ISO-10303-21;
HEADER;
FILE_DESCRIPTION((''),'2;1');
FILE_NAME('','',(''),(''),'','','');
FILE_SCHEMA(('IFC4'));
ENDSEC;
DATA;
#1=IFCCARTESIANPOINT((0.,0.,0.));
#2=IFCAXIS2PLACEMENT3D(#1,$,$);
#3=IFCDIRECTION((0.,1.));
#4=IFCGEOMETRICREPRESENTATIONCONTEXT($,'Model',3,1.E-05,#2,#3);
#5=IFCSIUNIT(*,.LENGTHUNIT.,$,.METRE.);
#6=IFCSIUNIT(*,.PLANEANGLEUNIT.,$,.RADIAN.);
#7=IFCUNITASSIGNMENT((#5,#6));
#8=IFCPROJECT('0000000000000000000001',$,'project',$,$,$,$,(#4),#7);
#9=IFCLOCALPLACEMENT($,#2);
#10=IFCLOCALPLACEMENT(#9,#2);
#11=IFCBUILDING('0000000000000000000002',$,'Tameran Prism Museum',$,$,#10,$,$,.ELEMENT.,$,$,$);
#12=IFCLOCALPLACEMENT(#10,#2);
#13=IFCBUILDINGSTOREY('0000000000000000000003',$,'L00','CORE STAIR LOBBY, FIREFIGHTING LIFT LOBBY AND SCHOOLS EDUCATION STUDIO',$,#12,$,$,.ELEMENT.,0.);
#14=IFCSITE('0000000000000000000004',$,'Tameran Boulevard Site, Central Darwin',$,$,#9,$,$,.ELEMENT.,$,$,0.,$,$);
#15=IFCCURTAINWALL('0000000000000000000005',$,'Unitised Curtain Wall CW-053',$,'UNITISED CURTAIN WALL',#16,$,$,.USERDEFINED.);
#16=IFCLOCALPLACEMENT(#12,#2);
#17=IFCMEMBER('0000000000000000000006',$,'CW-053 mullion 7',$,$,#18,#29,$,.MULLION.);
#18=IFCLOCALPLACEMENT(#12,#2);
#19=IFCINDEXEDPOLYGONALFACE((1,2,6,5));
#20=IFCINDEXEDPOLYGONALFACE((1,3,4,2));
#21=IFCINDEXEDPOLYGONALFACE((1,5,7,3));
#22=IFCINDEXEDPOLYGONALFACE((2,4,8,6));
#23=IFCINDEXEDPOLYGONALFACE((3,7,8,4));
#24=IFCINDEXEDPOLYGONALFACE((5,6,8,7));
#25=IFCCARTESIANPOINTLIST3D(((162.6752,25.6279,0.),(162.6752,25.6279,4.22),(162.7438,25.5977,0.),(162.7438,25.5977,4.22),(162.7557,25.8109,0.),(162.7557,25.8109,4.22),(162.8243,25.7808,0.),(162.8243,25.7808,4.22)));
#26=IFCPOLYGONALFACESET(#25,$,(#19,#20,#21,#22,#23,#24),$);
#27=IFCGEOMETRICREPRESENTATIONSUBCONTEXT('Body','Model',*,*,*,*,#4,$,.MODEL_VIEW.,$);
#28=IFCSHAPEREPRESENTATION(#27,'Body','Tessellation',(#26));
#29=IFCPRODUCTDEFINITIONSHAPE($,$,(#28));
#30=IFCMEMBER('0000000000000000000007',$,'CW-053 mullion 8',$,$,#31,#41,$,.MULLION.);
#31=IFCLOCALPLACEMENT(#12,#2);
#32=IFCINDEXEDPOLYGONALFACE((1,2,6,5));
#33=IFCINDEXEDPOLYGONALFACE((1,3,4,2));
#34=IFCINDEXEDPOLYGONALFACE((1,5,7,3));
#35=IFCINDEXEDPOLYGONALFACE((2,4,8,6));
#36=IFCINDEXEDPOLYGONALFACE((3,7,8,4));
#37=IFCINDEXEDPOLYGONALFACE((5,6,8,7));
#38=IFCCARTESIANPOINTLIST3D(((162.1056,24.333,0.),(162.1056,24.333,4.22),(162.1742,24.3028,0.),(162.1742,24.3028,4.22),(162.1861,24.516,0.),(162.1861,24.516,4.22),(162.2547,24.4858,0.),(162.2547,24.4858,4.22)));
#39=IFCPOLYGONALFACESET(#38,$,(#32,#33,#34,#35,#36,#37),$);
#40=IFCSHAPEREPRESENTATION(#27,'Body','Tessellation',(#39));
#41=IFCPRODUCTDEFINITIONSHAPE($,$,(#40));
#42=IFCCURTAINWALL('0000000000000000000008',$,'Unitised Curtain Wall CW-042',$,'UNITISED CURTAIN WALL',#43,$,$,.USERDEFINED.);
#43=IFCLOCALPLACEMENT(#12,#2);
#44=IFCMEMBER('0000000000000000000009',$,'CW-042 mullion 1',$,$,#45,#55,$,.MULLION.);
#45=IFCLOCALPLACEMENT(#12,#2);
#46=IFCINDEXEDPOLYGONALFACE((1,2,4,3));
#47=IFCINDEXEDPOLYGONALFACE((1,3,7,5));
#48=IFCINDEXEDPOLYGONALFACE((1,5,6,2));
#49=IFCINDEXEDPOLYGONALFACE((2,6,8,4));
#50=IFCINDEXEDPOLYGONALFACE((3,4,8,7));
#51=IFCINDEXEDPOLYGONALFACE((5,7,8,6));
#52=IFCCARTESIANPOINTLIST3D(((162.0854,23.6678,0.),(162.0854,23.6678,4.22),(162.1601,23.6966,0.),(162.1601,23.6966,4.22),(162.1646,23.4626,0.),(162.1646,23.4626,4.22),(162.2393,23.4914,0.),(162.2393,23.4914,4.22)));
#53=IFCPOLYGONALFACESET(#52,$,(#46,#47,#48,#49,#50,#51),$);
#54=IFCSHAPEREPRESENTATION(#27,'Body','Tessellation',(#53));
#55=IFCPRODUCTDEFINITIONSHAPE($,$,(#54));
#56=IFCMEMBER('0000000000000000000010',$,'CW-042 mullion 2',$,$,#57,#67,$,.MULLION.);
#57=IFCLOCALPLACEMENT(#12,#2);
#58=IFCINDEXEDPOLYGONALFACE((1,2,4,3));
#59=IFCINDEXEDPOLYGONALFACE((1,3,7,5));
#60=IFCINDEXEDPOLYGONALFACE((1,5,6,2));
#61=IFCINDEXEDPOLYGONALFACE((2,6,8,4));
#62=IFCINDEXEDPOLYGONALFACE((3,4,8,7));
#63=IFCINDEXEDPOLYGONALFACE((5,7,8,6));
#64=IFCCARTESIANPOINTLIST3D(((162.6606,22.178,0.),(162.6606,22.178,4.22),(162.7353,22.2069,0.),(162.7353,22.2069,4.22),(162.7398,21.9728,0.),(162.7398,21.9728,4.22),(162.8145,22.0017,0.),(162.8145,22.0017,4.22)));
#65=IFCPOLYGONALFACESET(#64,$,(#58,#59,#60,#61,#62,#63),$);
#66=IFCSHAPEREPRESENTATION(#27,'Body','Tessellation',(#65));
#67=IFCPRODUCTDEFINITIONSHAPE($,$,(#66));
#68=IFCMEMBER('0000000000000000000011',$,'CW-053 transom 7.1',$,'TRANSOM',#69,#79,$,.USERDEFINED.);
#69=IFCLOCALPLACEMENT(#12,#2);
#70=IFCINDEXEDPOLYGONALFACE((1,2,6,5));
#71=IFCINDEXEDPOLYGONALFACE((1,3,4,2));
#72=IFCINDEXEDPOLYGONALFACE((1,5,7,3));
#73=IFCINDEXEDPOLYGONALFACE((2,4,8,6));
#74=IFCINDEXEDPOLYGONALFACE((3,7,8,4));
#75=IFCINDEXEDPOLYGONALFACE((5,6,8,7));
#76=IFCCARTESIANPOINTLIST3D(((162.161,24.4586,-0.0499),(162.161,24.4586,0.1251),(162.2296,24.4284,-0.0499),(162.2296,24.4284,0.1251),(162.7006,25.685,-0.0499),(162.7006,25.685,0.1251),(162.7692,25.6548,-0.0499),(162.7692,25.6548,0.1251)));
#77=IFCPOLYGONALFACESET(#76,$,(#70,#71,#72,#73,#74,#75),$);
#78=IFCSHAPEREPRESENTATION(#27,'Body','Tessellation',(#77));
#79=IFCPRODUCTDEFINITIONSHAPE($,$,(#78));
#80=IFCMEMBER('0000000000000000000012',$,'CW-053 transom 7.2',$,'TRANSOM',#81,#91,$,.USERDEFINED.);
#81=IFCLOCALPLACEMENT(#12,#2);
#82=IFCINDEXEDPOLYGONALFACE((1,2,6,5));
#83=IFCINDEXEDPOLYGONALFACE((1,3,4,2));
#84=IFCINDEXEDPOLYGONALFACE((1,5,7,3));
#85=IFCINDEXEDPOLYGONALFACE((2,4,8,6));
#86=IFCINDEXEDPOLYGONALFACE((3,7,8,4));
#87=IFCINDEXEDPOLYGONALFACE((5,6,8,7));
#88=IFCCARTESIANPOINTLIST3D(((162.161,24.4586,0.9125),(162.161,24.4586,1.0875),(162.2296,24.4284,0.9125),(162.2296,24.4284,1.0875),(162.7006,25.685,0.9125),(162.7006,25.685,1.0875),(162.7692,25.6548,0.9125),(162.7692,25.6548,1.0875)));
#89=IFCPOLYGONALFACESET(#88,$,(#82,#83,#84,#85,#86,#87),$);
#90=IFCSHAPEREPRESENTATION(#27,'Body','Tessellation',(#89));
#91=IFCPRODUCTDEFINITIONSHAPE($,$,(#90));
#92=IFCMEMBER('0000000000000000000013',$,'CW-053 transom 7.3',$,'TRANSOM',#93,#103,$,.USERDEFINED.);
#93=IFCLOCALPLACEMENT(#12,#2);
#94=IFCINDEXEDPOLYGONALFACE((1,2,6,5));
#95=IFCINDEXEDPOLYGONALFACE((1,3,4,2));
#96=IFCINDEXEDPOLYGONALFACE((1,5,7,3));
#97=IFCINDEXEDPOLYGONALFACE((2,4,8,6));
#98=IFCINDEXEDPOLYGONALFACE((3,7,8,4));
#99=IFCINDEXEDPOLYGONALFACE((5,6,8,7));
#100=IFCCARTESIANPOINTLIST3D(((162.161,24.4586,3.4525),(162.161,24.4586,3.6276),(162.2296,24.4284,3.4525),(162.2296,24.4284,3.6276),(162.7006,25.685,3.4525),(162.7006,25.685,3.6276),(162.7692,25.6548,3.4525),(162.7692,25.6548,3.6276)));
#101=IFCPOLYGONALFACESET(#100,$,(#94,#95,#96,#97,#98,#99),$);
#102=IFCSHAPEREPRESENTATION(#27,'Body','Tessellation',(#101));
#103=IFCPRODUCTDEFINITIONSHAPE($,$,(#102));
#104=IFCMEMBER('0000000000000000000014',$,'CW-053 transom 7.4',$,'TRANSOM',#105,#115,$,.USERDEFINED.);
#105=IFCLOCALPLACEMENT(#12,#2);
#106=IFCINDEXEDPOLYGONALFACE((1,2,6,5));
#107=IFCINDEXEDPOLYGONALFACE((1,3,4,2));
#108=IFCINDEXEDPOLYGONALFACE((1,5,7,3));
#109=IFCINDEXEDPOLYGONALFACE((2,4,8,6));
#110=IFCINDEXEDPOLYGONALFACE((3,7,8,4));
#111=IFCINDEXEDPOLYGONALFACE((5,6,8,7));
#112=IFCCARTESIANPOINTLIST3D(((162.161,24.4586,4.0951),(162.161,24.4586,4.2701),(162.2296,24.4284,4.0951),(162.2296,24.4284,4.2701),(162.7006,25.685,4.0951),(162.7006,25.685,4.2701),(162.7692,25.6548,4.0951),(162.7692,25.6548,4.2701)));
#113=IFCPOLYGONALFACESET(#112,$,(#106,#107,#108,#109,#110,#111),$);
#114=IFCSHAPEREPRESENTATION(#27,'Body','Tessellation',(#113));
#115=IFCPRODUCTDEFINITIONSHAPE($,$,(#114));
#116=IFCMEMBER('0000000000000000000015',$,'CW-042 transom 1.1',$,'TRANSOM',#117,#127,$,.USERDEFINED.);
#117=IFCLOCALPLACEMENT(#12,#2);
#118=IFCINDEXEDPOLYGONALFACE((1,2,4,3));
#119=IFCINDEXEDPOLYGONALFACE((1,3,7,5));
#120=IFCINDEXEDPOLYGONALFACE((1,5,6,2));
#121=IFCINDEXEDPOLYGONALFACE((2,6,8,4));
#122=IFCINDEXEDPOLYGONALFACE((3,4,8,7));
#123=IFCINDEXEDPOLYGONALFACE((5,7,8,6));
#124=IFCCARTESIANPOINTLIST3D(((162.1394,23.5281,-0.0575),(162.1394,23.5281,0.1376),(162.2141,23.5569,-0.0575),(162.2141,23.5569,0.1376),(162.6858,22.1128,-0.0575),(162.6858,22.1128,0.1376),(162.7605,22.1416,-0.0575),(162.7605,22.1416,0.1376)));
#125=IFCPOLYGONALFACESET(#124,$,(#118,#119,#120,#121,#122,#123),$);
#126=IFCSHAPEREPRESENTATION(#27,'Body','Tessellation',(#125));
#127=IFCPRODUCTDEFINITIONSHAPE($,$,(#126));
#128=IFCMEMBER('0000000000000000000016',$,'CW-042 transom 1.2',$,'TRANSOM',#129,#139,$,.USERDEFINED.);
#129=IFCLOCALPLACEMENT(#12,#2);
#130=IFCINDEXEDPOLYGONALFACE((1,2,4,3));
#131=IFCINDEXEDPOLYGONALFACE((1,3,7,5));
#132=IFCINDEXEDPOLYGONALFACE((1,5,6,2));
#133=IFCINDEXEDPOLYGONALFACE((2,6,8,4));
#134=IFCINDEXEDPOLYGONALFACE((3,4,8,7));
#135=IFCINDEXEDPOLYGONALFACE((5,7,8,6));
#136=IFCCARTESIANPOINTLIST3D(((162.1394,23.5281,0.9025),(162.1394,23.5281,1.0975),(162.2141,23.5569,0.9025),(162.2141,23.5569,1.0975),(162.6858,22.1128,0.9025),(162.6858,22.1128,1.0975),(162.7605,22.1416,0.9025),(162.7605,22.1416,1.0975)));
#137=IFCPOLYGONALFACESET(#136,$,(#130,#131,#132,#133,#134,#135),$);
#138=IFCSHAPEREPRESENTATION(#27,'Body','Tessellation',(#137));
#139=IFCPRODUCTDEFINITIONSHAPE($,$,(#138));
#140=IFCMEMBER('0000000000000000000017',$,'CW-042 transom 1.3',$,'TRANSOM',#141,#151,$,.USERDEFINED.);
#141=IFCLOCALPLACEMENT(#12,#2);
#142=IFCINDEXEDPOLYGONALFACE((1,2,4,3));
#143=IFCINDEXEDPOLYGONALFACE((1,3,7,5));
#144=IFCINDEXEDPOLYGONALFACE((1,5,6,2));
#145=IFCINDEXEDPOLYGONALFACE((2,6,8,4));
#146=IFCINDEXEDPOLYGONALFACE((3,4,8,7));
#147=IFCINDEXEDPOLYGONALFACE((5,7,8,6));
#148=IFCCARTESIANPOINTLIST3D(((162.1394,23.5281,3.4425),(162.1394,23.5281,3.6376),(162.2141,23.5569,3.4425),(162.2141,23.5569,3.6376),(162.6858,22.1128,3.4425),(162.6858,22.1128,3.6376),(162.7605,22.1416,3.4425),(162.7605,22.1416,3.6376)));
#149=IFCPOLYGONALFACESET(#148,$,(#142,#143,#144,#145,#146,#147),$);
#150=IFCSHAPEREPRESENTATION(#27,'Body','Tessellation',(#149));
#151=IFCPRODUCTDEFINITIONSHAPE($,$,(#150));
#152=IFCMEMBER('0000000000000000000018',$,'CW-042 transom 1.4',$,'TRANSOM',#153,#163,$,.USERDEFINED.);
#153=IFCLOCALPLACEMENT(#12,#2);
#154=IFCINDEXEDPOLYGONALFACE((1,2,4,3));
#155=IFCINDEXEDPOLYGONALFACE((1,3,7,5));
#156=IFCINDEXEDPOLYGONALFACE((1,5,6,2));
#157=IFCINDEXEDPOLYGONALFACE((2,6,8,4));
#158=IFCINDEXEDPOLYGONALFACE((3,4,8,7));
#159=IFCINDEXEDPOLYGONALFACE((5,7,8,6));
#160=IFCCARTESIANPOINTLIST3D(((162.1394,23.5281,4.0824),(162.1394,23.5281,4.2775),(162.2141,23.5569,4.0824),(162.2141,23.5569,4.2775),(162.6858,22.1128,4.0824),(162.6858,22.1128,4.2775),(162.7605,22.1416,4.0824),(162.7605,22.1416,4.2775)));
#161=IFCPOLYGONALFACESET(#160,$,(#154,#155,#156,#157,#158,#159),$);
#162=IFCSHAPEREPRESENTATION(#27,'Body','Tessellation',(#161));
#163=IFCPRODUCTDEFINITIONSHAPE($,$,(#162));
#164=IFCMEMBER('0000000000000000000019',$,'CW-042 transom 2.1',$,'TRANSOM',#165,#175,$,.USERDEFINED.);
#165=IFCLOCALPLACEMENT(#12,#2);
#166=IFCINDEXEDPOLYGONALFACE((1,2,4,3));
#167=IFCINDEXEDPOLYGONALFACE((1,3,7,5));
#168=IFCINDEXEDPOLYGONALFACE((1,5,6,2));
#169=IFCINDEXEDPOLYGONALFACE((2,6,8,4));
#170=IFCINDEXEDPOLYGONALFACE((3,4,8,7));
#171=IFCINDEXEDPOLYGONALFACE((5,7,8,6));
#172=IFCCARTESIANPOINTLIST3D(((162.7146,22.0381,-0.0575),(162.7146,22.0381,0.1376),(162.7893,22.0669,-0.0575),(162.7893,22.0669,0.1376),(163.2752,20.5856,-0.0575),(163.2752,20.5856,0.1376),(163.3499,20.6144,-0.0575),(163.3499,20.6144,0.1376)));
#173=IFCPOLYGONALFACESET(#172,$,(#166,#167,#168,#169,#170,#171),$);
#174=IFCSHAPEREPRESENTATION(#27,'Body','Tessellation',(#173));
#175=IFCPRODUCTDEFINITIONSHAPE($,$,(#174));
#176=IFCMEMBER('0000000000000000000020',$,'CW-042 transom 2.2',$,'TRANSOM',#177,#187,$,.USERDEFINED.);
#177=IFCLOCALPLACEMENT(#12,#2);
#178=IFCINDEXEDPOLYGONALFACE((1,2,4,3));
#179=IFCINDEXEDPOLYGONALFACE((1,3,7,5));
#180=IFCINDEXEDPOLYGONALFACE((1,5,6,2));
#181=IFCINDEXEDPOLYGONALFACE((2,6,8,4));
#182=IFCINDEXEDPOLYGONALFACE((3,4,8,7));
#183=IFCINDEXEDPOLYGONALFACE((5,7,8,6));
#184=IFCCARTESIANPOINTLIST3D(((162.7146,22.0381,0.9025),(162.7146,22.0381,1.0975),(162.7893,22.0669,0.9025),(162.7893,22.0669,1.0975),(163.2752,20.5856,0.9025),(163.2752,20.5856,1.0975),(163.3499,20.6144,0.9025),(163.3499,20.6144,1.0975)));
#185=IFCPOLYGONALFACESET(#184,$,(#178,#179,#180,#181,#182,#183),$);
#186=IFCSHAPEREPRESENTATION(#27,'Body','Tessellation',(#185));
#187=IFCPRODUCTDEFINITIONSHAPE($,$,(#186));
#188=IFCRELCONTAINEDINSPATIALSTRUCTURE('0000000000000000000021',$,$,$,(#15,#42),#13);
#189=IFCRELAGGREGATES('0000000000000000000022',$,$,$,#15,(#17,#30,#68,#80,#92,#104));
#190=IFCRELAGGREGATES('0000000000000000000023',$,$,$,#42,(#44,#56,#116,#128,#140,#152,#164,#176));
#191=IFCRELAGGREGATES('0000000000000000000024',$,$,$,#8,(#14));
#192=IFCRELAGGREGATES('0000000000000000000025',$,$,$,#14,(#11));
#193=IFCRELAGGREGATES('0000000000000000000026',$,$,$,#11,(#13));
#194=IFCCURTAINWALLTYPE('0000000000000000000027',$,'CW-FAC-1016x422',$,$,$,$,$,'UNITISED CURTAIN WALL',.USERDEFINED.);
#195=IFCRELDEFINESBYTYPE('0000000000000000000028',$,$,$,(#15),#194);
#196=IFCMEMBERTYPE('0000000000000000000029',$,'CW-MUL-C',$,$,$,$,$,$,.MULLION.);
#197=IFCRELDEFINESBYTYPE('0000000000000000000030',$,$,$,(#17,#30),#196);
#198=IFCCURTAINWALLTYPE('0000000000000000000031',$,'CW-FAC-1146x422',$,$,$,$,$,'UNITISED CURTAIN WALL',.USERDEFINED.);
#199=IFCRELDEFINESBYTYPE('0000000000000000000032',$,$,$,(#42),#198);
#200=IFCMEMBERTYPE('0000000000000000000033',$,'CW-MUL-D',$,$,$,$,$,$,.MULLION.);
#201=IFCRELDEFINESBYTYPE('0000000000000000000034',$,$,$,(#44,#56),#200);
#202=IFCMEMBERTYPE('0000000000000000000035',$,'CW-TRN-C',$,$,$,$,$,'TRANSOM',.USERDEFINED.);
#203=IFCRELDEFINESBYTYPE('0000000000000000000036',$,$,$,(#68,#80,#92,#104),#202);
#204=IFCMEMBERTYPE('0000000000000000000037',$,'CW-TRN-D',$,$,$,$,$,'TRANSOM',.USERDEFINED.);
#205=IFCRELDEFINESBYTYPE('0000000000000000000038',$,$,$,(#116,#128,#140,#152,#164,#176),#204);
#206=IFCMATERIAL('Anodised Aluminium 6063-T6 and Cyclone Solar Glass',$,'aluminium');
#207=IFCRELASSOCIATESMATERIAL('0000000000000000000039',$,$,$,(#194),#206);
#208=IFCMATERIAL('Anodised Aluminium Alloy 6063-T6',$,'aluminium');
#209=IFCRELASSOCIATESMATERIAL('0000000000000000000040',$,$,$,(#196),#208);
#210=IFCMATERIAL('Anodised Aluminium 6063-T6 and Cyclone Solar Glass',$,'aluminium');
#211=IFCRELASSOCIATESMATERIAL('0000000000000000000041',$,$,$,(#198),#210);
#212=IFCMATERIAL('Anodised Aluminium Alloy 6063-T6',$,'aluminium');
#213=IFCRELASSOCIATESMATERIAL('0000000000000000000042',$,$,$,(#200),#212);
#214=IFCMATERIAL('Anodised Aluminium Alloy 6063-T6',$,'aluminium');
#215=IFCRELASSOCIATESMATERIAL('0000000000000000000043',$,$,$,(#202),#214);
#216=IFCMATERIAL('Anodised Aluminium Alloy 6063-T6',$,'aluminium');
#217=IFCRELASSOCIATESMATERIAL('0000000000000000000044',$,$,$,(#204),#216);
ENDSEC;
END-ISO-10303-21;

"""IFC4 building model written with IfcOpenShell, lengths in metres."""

from ifc_helpers import new_model, si_unit, direction, frame, origin, origin_2d, place, context, subcontext, project, spatial, rectangle, extrude, material, material_profile, profile_set, type_object, element, aggregate, save


model = new_model("IFC4")

# Units and contexts
model_context = context("Model", 3, precision=1e-05, world=origin(), true_north=direction((0.0, 1.0)))
body_context = subcontext(model_context, "Body", "Model", "MODEL_VIEW")
ifc_project = project(units=[si_unit("LENGTHUNIT", "METRE"), si_unit("PLANEANGLEUNIT", "RADIAN")], contexts=[model_context])

# Site, building, storey
site_placement = place(None, origin())
site = spatial("IfcSite", under=ifc_project, at=site_placement, Name="Tameran Boulevard Site, Central Darwin", CompositionType="ELEMENT", RefElevation=0.0)
building_placement = place(site_placement, origin())
building = spatial("IfcBuilding", under=site, at=building_placement, Name="Tameran Prism Museum", CompositionType="ELEMENT")
storey_placement = place(building_placement, origin())
storey = spatial("IfcBuildingStorey", under=building, at=storey_placement, Name="L00", Description="CORE STAIR LOBBY, FIREFIGHTING LIFT LOBBY AND SCHOOLS EDUCATION STUDIO", CompositionType="ELEMENT", Elevation=0.0)

# Curtain walls, members
ifc_material_1 = material(Name="Anodised Aluminium 6063-T6 and Cyclone Solar Glass", Category="aluminium")
curtain_wall_type_1 = type_object("IfcCurtainWallType", Name="CW-FAC-1016x422", ElementType="UNITISED CURTAIN WALL", PredefinedType="USERDEFINED", material=ifc_material_1)
curtain_wall_1_placement = place(storey_placement, origin())
curtain_wall_1 = element("IfcCurtainWall", 1, at=curtain_wall_1_placement, inside=storey, type_object=curtain_wall_type_1, Name="Unitised Curtain Wall CW-053", ObjectType="UNITISED CURTAIN WALL", PredefinedType="USERDEFINED")
ifc_material_2 = material(Name="Anodised Aluminium Alloy 6063-T6", Category="aluminium")
ifc_material_profile_1 = material_profile(ifc_material_2, rectangle(XDim=0.075, YDim=0.2, at=origin_2d()))
ifc_profile_set_1 = profile_set([ifc_material_profile_1])
member_type_1 = type_object("IfcMemberType", Name="CW-MUL-C", PredefinedType="MULLION", material=ifc_profile_set_1)
member_1_placement = place(storey_placement, frame((162.7498, 25.7043, 0.0), z_axis=(0.0, 0.0, 1.0), x_axis=(0.915322, -0.402722, 0.0)))
member_1 = element("IfcMember", 2, at=member_1_placement, type_object=member_type_1, Name="CW-053 mullion 7", PredefinedType="MULLION", context=body_context, shape_type="SweptSolid", body=[
    extrude(rectangle(XDim=0.075, YDim=0.2, at=origin_2d()), origin(), (0.0, 0.0, 1.0), 4.22),
])
member_2_placement = place(storey_placement, frame((162.1802, 24.4094, 0.0), z_axis=(0.0, 0.0, 1.0), x_axis=(0.915322, -0.402722, 0.0)))
member_2 = element("IfcMember", 3, at=member_2_placement, type_object=member_type_1, Name="CW-053 mullion 8", PredefinedType="MULLION", context=body_context, shape_type="SweptSolid", body=[
    extrude(rectangle(XDim=0.075, YDim=0.2, at=origin_2d()), origin(), (0.0, 0.0, 1.0), 4.22),
])
ifc_material_3 = material(Name="Anodised Aluminium 6063-T6 and Cyclone Solar Glass", Category="aluminium")
curtain_wall_type_2 = type_object("IfcCurtainWallType", Name="CW-FAC-1146x422", ElementType="UNITISED CURTAIN WALL", PredefinedType="USERDEFINED", material=ifc_material_3)
curtain_wall_2_placement = place(storey_placement, origin())
curtain_wall_2 = element("IfcCurtainWall", 4, at=curtain_wall_2_placement, inside=storey, type_object=curtain_wall_type_2, Name="Unitised Curtain Wall CW-042", ObjectType="UNITISED CURTAIN WALL", PredefinedType="USERDEFINED")
ifc_material_4 = material(Name="Anodised Aluminium Alloy 6063-T6", Category="aluminium")
ifc_material_profile_2 = material_profile(ifc_material_4, rectangle(XDim=0.0801, YDim=0.22, at=origin_2d()))
ifc_profile_set_2 = profile_set([ifc_material_profile_2])
member_type_2 = type_object("IfcMemberType", Name="CW-MUL-D", PredefinedType="MULLION", material=ifc_profile_set_2)
member_3_placement = place(storey_placement, frame((162.1624, 23.5796, 0.0), z_axis=(0.0, 0.0, 1.0), x_axis=(0.932922, 0.360078, 0.0)))
member_3 = element("IfcMember", 5, at=member_3_placement, type_object=member_type_2, Name="CW-042 mullion 1", PredefinedType="MULLION", context=body_context, shape_type="SweptSolid", body=[
    extrude(rectangle(XDim=0.0801, YDim=0.22, at=origin_2d()), origin(), (0.0, 0.0, 1.0), 4.22),
])
member_4_placement = place(storey_placement, frame((162.7375, 22.0898, 0.0), z_axis=(0.0, 0.0, 1.0), x_axis=(0.932922, 0.360078, 0.0)))
member_4 = element("IfcMember", 6, at=member_4_placement, type_object=member_type_2, Name="CW-042 mullion 2", PredefinedType="MULLION", context=body_context, shape_type="SweptSolid", body=[
    extrude(rectangle(XDim=0.0801, YDim=0.22, at=origin_2d()), origin(), (0.0, 0.0, 1.0), 4.22),
])

# Members
ifc_material_5 = material(Name="Anodised Aluminium Alloy 6063-T6", Category="aluminium")
ifc_material_profile_3 = material_profile(ifc_material_5, rectangle(XDim=0.075, YDim=0.175, at=origin_2d()))
ifc_profile_set_3 = profile_set([ifc_material_profile_3])
member_type_3 = type_object("IfcMemberType", Name="CW-TRN-C", ElementType="TRANSOM", PredefinedType="USERDEFINED", material=ifc_profile_set_3)
member_5_placement = place(storey_placement, frame((162.7349, 25.6699, 0.0376), z_axis=(-0.40272, -0.915323, 0.0), x_axis=(0.915323, -0.40272, 0.0)))
member_5 = element("IfcMember", 7, at=member_5_placement, type_object=member_type_3, Name="CW-053 transom 7.1", ObjectType="TRANSOM", PredefinedType="USERDEFINED", context=body_context, shape_type="SweptSolid", body=[
    extrude(rectangle(XDim=0.075, YDim=0.175, at=origin_2d()), origin(), (0.0, 0.0, 1.0), 1.3398),
])
member_6_placement = place(storey_placement, frame((162.7349, 25.6699, 1.0), z_axis=(-0.40272, -0.915323, 0.0), x_axis=(0.915323, -0.40272, 0.0)))
member_6 = element("IfcMember", 8, at=member_6_placement, type_object=member_type_3, Name="CW-053 transom 7.2", ObjectType="TRANSOM", PredefinedType="USERDEFINED", context=body_context, shape_type="SweptSolid", body=[
    extrude(rectangle(XDim=0.075, YDim=0.175, at=origin_2d()), origin(), (0.0, 0.0, 1.0), 1.3398),
])
member_7_placement = place(storey_placement, frame((162.7349, 25.6699, 3.54), z_axis=(-0.40272, -0.915323, 0.0), x_axis=(0.915323, -0.40272, 0.0)))
member_7 = element("IfcMember", 9, at=member_7_placement, type_object=member_type_3, Name="CW-053 transom 7.3", ObjectType="TRANSOM", PredefinedType="USERDEFINED", context=body_context, shape_type="SweptSolid", body=[
    extrude(rectangle(XDim=0.075, YDim=0.175, at=origin_2d()), origin(), (0.0, 0.0, 1.0), 1.3398),
])
member_8_placement = place(storey_placement, frame((162.7349, 25.6699, 4.1826), z_axis=(-0.40272, -0.915323, 0.0), x_axis=(0.915323, -0.40272, 0.0)))
member_8 = element("IfcMember", 10, at=member_8_placement, type_object=member_type_3, Name="CW-053 transom 7.4", ObjectType="TRANSOM", PredefinedType="USERDEFINED", context=body_context, shape_type="SweptSolid", body=[
    extrude(rectangle(XDim=0.075, YDim=0.175, at=origin_2d()), origin(), (0.0, 0.0, 1.0), 1.3398),
])
ifc_material_6 = material(Name="Anodised Aluminium Alloy 6063-T6", Category="aluminium")
ifc_material_profile_4 = material_profile(ifc_material_6, rectangle(XDim=0.0801, YDim=0.1951, at=origin_2d()))
ifc_profile_set_4 = profile_set([ifc_material_profile_4])
member_type_4 = type_object("IfcMemberType", Name="CW-TRN-D", ElementType="TRANSOM", PredefinedType="USERDEFINED", material=ifc_profile_set_4)
member_9_placement = place(storey_placement, frame((162.1768, 23.5425, 0.04), z_axis=(0.360154, -0.932893, 0.0), x_axis=(0.932893, 0.360154, 0.0)))
member_9 = element("IfcMember", 11, at=member_9_placement, type_object=member_type_4, Name="CW-042 transom 1.1", ObjectType="TRANSOM", PredefinedType="USERDEFINED", context=body_context, shape_type="SweptSolid", body=[
    extrude(rectangle(XDim=0.0801, YDim=0.1951, at=origin_2d()), origin(), (0.0, 0.0, 1.0), 1.5171),
])
member_10_placement = place(storey_placement, frame((162.1768, 23.5425, 1.0), z_axis=(0.360154, -0.932893, 0.0), x_axis=(0.932893, 0.360154, 0.0)))
member_10 = element("IfcMember", 12, at=member_10_placement, type_object=member_type_4, Name="CW-042 transom 1.2", ObjectType="TRANSOM", PredefinedType="USERDEFINED", context=body_context, shape_type="SweptSolid", body=[
    extrude(rectangle(XDim=0.0801, YDim=0.1951, at=origin_2d()), origin(), (0.0, 0.0, 1.0), 1.5171),
])
member_11_placement = place(storey_placement, frame((162.1768, 23.5425, 3.54), z_axis=(0.360154, -0.932893, 0.0), x_axis=(0.932893, 0.360154, 0.0)))
member_11 = element("IfcMember", 13, at=member_11_placement, type_object=member_type_4, Name="CW-042 transom 1.3", ObjectType="TRANSOM", PredefinedType="USERDEFINED", context=body_context, shape_type="SweptSolid", body=[
    extrude(rectangle(XDim=0.0801, YDim=0.1951, at=origin_2d()), origin(), (0.0, 0.0, 1.0), 1.5171),
])
member_12_placement = place(storey_placement, frame((162.1768, 23.5425, 4.1799), z_axis=(0.360154, -0.932893, 0.0), x_axis=(0.932893, 0.360154, 0.0)))
member_12 = element("IfcMember", 14, at=member_12_placement, type_object=member_type_4, Name="CW-042 transom 1.4", ObjectType="TRANSOM", PredefinedType="USERDEFINED", context=body_context, shape_type="SweptSolid", body=[
    extrude(rectangle(XDim=0.0801, YDim=0.1951, at=origin_2d()), origin(), (0.0, 0.0, 1.0), 1.5171),
])
member_13_placement = place(storey_placement, frame((162.752, 22.0525, 0.04), z_axis=(0.360061, -0.932929, 0.0), x_axis=(0.932929, 0.360061, 0.0)))
member_13 = element("IfcMember", 15, at=member_13_placement, type_object=member_type_4, Name="CW-042 transom 2.1", ObjectType="TRANSOM", PredefinedType="USERDEFINED", context=body_context, shape_type="SweptSolid", body=[
    extrude(rectangle(XDim=0.0801, YDim=0.1951, at=origin_2d()), origin(), (0.0, 0.0, 1.0), 1.5569),
])
member_14_placement = place(storey_placement, frame((162.752, 22.0525, 1.0), z_axis=(0.360061, -0.932929, 0.0), x_axis=(0.932929, 0.360061, 0.0)))
member_14 = element("IfcMember", 16, at=member_14_placement, type_object=member_type_4, Name="CW-042 transom 2.2", ObjectType="TRANSOM", PredefinedType="USERDEFINED", context=body_context, shape_type="SweptSolid", body=[
    extrude(rectangle(XDim=0.0801, YDim=0.1951, at=origin_2d()), origin(), (0.0, 0.0, 1.0), 1.5569),
])

aggregate(curtain_wall_1, [member_1, member_2, member_5, member_6, member_7, member_8])
aggregate(curtain_wall_2, [member_3, member_4, member_9, member_10, member_11, member_12, member_13, member_14])

save(model, "model.ifc")
